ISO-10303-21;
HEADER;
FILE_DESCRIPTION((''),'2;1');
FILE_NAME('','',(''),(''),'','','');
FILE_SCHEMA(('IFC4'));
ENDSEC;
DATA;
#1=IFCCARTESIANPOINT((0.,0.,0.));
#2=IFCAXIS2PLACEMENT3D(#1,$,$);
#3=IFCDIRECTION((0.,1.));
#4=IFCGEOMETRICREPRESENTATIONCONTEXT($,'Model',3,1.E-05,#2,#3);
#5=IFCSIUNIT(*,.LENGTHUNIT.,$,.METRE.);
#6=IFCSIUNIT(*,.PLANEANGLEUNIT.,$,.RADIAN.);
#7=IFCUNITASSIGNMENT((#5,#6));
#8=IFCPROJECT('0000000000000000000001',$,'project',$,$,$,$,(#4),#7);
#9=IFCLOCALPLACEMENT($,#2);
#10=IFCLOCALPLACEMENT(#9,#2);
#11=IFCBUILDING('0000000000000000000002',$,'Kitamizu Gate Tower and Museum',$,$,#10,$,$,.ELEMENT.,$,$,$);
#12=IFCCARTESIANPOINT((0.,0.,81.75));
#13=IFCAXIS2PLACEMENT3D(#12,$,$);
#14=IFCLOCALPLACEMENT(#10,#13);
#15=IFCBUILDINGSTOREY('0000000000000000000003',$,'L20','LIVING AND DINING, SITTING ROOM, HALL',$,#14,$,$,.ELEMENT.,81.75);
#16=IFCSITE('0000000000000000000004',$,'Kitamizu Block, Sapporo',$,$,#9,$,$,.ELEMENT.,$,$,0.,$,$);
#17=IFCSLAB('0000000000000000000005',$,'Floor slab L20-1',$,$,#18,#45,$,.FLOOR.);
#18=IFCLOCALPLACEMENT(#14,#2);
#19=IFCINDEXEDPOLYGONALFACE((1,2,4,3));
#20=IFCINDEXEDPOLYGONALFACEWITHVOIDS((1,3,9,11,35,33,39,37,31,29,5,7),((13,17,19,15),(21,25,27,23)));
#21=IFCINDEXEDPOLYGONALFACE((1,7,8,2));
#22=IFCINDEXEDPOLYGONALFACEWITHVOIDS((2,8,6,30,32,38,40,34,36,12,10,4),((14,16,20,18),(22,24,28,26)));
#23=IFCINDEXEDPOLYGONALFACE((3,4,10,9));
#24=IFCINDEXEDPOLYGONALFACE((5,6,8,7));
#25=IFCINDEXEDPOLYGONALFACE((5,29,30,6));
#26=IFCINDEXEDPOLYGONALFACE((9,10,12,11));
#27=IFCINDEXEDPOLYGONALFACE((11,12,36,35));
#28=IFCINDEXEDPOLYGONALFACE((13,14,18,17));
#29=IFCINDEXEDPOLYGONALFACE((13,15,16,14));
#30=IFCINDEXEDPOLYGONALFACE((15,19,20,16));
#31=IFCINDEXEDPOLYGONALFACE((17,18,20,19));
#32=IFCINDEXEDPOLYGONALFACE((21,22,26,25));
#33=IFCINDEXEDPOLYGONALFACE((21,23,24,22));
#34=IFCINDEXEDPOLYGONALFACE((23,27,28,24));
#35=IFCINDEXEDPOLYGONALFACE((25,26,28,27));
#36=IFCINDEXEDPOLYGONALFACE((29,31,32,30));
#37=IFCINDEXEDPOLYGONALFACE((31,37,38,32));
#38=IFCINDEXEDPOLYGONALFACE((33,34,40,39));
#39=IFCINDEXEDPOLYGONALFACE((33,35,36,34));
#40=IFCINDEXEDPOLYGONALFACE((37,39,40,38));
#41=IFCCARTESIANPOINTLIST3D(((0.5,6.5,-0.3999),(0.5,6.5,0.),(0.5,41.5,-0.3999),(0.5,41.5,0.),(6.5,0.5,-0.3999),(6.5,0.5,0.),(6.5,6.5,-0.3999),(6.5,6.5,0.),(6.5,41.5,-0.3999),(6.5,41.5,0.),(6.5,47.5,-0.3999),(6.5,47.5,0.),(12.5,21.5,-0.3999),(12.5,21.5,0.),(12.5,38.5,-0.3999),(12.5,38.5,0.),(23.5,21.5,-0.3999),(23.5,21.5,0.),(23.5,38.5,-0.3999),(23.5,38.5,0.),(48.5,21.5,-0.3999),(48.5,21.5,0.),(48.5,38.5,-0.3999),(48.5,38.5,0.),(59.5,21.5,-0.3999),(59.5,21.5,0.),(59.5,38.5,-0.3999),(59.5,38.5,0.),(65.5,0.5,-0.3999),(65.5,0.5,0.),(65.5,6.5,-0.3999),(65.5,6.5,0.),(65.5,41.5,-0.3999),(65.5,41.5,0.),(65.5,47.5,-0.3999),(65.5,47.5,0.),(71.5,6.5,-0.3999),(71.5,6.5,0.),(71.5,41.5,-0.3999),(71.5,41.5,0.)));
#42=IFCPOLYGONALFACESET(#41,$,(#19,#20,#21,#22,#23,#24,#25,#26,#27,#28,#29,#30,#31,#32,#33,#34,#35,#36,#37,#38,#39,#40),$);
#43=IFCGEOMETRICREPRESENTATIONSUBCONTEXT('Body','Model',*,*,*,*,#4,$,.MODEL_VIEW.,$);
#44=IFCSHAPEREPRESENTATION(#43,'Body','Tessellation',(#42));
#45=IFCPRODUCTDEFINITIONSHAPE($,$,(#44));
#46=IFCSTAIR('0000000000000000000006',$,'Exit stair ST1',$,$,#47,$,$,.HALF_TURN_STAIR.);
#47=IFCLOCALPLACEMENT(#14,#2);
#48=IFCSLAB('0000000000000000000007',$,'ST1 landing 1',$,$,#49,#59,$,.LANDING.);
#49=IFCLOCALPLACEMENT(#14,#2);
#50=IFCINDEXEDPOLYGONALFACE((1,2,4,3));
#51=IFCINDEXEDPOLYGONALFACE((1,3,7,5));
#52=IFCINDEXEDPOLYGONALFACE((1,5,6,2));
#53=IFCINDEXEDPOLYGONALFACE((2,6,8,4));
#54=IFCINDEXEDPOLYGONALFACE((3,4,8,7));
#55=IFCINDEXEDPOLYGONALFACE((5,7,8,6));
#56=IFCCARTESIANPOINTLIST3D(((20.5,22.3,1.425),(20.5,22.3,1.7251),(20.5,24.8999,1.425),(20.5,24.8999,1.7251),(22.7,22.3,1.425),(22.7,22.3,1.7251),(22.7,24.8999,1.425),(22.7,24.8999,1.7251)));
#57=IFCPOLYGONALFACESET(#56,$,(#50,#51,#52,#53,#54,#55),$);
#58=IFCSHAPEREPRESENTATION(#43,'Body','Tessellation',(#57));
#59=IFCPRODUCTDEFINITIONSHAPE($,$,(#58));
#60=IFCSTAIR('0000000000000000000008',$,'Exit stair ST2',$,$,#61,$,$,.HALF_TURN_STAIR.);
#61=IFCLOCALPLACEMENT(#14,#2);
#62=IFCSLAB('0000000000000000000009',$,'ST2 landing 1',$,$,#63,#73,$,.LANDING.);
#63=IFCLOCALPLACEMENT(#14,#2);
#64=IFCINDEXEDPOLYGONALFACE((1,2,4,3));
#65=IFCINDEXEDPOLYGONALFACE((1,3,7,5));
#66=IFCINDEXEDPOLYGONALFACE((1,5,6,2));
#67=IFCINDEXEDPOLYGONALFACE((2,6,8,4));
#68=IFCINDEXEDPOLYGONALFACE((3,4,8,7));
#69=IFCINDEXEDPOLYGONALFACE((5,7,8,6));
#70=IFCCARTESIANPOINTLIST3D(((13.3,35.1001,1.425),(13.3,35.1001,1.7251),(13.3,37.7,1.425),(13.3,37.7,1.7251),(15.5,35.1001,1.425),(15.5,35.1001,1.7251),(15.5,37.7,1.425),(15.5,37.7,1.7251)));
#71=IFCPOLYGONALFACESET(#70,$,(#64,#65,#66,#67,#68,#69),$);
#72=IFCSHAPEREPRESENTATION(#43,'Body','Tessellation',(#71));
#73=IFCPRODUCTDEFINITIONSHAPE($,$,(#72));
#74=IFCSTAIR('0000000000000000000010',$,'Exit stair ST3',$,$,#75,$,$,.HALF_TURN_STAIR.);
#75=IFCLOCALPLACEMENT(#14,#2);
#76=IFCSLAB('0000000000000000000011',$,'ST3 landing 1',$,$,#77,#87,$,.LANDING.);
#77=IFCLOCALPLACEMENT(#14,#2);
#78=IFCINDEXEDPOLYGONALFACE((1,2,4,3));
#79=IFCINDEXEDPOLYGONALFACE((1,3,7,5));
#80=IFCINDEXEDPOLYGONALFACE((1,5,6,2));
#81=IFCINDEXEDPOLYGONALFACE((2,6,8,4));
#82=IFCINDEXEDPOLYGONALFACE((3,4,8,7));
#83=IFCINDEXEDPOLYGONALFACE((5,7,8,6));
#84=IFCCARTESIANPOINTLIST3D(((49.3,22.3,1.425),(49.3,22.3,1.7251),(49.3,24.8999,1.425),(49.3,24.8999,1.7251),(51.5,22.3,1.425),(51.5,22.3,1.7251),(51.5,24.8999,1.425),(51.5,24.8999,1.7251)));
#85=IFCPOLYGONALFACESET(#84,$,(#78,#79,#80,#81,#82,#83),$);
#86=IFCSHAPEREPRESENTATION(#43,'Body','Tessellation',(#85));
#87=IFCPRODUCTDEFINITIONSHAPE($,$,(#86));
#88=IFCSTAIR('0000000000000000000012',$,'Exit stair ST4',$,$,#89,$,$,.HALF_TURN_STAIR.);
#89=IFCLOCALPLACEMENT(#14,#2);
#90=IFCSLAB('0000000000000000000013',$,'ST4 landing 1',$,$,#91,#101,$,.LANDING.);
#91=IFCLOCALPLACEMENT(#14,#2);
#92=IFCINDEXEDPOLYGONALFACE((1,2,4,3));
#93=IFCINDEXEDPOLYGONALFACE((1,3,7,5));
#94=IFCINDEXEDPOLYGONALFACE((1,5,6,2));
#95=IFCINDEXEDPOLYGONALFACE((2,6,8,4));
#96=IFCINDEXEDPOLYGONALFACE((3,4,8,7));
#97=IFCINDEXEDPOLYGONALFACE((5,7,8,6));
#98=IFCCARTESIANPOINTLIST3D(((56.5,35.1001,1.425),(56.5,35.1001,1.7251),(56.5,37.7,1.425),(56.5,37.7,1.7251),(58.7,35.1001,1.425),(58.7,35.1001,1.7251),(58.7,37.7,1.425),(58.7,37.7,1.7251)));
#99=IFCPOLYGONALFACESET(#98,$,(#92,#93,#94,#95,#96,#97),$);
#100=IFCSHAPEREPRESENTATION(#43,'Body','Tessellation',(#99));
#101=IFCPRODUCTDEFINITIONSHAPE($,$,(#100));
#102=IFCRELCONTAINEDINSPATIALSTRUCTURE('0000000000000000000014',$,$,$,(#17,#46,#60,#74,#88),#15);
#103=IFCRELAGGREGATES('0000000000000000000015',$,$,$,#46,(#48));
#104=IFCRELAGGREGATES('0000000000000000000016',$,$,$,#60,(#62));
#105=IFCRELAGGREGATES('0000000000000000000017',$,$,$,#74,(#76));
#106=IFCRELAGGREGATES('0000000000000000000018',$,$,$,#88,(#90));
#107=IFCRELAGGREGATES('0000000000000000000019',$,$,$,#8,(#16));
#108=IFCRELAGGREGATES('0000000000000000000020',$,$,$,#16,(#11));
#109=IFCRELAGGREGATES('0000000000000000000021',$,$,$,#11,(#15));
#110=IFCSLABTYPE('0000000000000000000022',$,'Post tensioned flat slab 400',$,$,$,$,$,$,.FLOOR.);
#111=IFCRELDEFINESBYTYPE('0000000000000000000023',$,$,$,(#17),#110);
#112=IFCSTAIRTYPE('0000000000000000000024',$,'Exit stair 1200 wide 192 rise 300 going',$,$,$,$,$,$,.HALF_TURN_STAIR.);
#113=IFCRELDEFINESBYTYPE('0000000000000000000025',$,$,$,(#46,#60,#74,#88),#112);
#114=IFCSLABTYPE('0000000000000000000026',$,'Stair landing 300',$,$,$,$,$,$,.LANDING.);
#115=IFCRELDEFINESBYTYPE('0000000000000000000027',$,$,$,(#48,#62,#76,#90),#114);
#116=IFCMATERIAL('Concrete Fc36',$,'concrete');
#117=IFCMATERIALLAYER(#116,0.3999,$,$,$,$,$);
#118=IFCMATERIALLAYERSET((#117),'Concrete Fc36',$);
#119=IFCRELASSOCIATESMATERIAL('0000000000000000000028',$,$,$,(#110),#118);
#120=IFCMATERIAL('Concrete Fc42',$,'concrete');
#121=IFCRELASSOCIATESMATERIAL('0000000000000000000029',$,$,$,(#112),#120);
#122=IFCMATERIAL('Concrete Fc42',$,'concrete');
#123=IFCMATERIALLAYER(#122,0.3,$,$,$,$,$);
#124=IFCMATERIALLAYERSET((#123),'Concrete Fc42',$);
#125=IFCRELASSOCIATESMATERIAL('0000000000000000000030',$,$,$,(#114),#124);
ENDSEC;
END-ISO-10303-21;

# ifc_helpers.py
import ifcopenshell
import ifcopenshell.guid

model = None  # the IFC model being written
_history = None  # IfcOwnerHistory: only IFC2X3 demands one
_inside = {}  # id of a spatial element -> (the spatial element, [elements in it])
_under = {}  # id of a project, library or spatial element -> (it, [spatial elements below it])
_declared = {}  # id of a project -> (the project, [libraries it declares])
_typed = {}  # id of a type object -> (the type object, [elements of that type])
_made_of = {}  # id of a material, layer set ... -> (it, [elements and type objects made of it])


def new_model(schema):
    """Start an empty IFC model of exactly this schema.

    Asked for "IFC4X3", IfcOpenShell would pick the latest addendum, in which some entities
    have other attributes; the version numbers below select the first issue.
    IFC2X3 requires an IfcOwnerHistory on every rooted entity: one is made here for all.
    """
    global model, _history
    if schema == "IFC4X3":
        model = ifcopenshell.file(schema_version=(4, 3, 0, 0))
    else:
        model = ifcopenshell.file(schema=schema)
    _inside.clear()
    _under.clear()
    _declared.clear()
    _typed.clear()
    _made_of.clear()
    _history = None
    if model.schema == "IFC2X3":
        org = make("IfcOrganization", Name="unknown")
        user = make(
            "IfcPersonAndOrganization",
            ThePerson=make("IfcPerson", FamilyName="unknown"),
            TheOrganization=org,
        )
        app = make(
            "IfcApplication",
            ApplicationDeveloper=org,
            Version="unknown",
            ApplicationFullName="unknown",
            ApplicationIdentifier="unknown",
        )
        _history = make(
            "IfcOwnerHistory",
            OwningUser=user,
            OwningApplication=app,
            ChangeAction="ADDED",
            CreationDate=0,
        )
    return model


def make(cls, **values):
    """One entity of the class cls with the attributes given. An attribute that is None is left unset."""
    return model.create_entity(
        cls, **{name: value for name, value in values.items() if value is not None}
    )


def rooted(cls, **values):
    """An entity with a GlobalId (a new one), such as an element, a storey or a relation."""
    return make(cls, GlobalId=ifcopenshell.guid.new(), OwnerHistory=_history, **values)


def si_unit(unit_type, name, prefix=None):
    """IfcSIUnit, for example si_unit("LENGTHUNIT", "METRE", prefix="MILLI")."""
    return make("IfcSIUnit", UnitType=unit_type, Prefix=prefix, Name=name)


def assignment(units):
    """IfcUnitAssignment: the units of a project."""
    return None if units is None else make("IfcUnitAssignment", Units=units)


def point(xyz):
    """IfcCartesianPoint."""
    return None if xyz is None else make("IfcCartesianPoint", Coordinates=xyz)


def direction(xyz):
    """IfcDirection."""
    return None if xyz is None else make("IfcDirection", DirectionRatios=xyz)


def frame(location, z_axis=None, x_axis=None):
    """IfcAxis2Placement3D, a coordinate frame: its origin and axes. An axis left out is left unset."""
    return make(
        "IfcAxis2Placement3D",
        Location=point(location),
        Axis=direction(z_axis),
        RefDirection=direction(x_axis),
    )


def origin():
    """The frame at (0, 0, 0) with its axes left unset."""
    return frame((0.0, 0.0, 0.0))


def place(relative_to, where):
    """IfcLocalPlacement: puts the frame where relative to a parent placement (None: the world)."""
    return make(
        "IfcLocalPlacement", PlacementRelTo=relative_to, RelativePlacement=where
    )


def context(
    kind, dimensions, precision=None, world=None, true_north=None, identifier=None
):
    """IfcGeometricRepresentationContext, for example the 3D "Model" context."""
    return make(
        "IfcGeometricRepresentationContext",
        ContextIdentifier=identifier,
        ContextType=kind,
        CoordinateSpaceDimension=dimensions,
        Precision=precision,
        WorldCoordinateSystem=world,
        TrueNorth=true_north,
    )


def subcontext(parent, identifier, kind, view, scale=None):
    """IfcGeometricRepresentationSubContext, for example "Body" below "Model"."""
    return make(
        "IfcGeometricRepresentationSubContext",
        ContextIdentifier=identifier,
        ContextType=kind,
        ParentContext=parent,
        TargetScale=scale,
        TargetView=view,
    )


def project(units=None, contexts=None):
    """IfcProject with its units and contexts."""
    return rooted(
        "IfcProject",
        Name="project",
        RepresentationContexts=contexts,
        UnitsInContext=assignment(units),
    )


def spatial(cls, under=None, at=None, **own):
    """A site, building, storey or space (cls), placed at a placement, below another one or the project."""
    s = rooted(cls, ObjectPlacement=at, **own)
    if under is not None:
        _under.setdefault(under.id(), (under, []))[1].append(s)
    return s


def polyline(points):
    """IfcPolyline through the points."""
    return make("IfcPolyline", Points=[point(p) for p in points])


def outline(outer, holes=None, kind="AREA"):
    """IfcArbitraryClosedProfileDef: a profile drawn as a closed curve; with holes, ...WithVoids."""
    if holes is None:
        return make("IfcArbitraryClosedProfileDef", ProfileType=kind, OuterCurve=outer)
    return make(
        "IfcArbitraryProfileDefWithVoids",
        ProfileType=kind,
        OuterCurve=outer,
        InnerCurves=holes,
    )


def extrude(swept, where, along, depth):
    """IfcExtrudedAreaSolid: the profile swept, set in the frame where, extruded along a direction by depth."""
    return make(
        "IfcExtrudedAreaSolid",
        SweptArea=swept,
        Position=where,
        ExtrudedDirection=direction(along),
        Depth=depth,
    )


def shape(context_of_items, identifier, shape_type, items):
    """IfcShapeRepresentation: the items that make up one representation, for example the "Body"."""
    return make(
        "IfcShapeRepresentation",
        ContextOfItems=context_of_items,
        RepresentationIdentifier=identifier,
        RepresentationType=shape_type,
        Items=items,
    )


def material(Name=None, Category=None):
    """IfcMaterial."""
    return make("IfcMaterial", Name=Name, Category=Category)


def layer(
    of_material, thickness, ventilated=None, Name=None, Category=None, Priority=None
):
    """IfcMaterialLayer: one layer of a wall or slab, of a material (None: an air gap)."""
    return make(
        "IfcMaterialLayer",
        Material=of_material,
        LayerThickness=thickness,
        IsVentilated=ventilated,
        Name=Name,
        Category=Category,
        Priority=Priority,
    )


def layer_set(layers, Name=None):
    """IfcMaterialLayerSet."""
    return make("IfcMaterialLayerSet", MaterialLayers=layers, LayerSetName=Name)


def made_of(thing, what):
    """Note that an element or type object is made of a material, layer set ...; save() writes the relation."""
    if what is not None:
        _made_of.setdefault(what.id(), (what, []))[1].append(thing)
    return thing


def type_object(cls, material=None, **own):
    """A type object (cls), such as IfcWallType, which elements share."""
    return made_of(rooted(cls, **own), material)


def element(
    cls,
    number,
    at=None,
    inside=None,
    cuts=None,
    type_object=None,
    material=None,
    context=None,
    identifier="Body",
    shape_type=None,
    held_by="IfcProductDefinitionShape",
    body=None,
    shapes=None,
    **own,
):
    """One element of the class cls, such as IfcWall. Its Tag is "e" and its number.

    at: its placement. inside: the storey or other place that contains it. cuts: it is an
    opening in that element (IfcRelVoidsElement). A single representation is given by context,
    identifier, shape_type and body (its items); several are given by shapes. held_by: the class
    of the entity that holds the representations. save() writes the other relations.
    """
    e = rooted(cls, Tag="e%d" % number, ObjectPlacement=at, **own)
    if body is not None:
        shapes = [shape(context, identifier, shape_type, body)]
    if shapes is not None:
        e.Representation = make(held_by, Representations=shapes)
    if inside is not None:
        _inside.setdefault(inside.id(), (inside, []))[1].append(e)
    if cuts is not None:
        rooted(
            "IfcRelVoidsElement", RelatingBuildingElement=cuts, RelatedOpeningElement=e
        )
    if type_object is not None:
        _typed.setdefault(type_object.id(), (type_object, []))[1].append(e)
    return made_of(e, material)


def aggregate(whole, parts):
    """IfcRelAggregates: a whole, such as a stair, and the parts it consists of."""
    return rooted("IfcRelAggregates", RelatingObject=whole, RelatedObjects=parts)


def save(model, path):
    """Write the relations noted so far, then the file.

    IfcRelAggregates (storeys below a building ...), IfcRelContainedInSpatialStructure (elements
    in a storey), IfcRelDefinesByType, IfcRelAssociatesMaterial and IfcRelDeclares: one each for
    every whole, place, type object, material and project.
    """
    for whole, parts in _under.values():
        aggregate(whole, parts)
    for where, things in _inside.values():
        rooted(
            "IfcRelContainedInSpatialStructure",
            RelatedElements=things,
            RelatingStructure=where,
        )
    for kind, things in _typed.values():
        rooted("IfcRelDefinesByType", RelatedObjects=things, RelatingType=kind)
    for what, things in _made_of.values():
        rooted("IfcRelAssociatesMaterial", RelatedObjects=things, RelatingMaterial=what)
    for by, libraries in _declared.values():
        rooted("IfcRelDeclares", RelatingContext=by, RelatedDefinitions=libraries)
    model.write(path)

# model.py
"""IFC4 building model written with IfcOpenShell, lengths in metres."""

from ifc_helpers import new_model, si_unit, direction, frame, origin, place, context, subcontext, project, spatial, polyline, outline, extrude, material, layer, layer_set, type_object, element, aggregate, save


model = new_model("IFC4")

# Units and contexts
model_context = context("Model", 3, precision=1e-05, world=origin(), true_north=direction((0.0, 1.0)))
body_context = subcontext(model_context, "Body", "Model", "MODEL_VIEW")
ifc_project = project(units=[si_unit("LENGTHUNIT", "METRE"), si_unit("PLANEANGLEUNIT", "RADIAN")], contexts=[model_context])

# Site, building, storey
site_placement = place(None, origin())
site = spatial("IfcSite", under=ifc_project, at=site_placement, Name="Kitamizu Block, Sapporo", CompositionType="ELEMENT", RefElevation=0.0)
building_placement = place(site_placement, origin())
building = spatial("IfcBuilding", under=site, at=building_placement, Name="Kitamizu Gate Tower and Museum", CompositionType="ELEMENT")
storey_placement = place(building_placement, frame((0.0, 0.0, 81.75)))
storey = spatial("IfcBuildingStorey", under=building, at=storey_placement, Name="L20", Description="LIVING AND DINING, SITTING ROOM, HALL", CompositionType="ELEMENT", Elevation=81.75)

# Slab
ifc_material_1 = material(Name="Concrete Fc36", Category="concrete")
ifc_layer_1 = layer(ifc_material_1, 0.3999)
ifc_layer_set_1 = layer_set([ifc_layer_1], Name="Concrete Fc36")
slab_type_1 = type_object("IfcSlabType", Name="Post tensioned flat slab 400", PredefinedType="FLOOR", material=ifc_layer_set_1)
slab_1_placement = place(storey_placement, frame((0.0, 0.0, -0.3999)))
element("IfcSlab", 1, at=slab_1_placement, inside=storey, type_object=slab_type_1, Name="Floor slab L20-1", PredefinedType="FLOOR", context=body_context, shape_type="SweptSolid", body=[
    extrude(outline(polyline([(0.5, 6.5), (0.5, 41.5), (6.5, 41.5), (6.5, 47.5), (65.5, 47.5), (65.5, 41.5), (71.5, 41.5), (71.5, 6.5), (65.5, 6.5), (65.5, 0.5), (6.5, 0.5), (6.5, 6.5), (0.5, 6.5)]), holes=[polyline([(59.5, 38.5), (48.5, 38.5), (48.5, 21.5), (59.5, 21.5), (59.5, 38.5)]), polyline([(12.5, 38.5), (12.5, 21.5), (23.5, 21.5), (23.5, 38.5), (12.5, 38.5)])]), origin(), (0.0, 0.0, 1.0), 0.3999),
])

# Stairs, slabs
ifc_material_2 = material(Name="Concrete Fc42", Category="concrete")
stair_type = type_object("IfcStairType", Name="Exit stair 1200 wide 192 rise 300 going", PredefinedType="HALF_TURN_STAIR", material=ifc_material_2)
stair_1_placement = place(storey_placement, origin())
stair_1 = element("IfcStair", 2, at=stair_1_placement, inside=storey, type_object=stair_type, Name="Exit stair ST1", PredefinedType="HALF_TURN_STAIR")
ifc_material_3 = material(Name="Concrete Fc42", Category="concrete")
ifc_layer_2 = layer(ifc_material_3, 0.3)
ifc_layer_set_2 = layer_set([ifc_layer_2], Name="Concrete Fc42")
slab_type_2 = type_object("IfcSlabType", Name="Stair landing 300", PredefinedType="LANDING", material=ifc_layer_set_2)
slab_2_placement = place(storey_placement, frame((0.0, 0.0, 1.425)))
slab_2 = element("IfcSlab", 3, at=slab_2_placement, type_object=slab_type_2, Name="ST1 landing 1", PredefinedType="LANDING", context=body_context, shape_type="SweptSolid", body=[
    extrude(outline(polyline([(20.5, 22.3), (22.7, 22.3), (22.7, 24.8999), (20.5, 24.8999), (20.5, 22.3)])), origin(), (0.0, 0.0, 1.0), 0.3),
])
aggregate(stair_1, [slab_2])
stair_2_placement = place(storey_placement, origin())
stair_2 = element("IfcStair", 4, at=stair_2_placement, inside=storey, type_object=stair_type, Name="Exit stair ST2", PredefinedType="HALF_TURN_STAIR")
slab_3_placement = place(storey_placement, frame((0.0, 0.0, 1.425)))
slab_3 = element("IfcSlab", 5, at=slab_3_placement, type_object=slab_type_2, Name="ST2 landing 1", PredefinedType="LANDING", context=body_context, shape_type="SweptSolid", body=[
    extrude(outline(polyline([(13.3, 35.1001), (15.5, 35.1001), (15.5, 37.7), (13.3, 37.7), (13.3, 35.1001)])), origin(), (0.0, 0.0, 1.0), 0.3),
])
aggregate(stair_2, [slab_3])
stair_3_placement = place(storey_placement, origin())
stair_3 = element("IfcStair", 6, at=stair_3_placement, inside=storey, type_object=stair_type, Name="Exit stair ST3", PredefinedType="HALF_TURN_STAIR")
slab_4_placement = place(storey_placement, frame((0.0, 0.0, 1.425)))
slab_4 = element("IfcSlab", 7, at=slab_4_placement, type_object=slab_type_2, Name="ST3 landing 1", PredefinedType="LANDING", context=body_context, shape_type="SweptSolid", body=[
    extrude(outline(polyline([(49.3, 22.3), (51.5, 22.3), (51.5, 24.8999), (49.3, 24.8999), (49.3, 22.3)])), origin(), (0.0, 0.0, 1.0), 0.3),
])
aggregate(stair_3, [slab_4])
stair_4_placement = place(storey_placement, origin())
stair_4 = element("IfcStair", 8, at=stair_4_placement, inside=storey, type_object=stair_type, Name="Exit stair ST4", PredefinedType="HALF_TURN_STAIR")
slab_5_placement = place(storey_placement, frame((0.0, 0.0, 1.425)))
slab_5 = element("IfcSlab", 9, at=slab_5_placement, type_object=slab_type_2, Name="ST4 landing 1", PredefinedType="LANDING", context=body_context, shape_type="SweptSolid", body=[
    extrude(outline(polyline([(56.5, 35.1001), (58.7, 35.1001), (58.7, 37.7), (56.5, 37.7), (56.5, 35.1001)])), origin(), (0.0, 0.0, 1.0), 0.3),
])
aggregate(stair_4, [slab_5])

save(model, "model.ifc")
